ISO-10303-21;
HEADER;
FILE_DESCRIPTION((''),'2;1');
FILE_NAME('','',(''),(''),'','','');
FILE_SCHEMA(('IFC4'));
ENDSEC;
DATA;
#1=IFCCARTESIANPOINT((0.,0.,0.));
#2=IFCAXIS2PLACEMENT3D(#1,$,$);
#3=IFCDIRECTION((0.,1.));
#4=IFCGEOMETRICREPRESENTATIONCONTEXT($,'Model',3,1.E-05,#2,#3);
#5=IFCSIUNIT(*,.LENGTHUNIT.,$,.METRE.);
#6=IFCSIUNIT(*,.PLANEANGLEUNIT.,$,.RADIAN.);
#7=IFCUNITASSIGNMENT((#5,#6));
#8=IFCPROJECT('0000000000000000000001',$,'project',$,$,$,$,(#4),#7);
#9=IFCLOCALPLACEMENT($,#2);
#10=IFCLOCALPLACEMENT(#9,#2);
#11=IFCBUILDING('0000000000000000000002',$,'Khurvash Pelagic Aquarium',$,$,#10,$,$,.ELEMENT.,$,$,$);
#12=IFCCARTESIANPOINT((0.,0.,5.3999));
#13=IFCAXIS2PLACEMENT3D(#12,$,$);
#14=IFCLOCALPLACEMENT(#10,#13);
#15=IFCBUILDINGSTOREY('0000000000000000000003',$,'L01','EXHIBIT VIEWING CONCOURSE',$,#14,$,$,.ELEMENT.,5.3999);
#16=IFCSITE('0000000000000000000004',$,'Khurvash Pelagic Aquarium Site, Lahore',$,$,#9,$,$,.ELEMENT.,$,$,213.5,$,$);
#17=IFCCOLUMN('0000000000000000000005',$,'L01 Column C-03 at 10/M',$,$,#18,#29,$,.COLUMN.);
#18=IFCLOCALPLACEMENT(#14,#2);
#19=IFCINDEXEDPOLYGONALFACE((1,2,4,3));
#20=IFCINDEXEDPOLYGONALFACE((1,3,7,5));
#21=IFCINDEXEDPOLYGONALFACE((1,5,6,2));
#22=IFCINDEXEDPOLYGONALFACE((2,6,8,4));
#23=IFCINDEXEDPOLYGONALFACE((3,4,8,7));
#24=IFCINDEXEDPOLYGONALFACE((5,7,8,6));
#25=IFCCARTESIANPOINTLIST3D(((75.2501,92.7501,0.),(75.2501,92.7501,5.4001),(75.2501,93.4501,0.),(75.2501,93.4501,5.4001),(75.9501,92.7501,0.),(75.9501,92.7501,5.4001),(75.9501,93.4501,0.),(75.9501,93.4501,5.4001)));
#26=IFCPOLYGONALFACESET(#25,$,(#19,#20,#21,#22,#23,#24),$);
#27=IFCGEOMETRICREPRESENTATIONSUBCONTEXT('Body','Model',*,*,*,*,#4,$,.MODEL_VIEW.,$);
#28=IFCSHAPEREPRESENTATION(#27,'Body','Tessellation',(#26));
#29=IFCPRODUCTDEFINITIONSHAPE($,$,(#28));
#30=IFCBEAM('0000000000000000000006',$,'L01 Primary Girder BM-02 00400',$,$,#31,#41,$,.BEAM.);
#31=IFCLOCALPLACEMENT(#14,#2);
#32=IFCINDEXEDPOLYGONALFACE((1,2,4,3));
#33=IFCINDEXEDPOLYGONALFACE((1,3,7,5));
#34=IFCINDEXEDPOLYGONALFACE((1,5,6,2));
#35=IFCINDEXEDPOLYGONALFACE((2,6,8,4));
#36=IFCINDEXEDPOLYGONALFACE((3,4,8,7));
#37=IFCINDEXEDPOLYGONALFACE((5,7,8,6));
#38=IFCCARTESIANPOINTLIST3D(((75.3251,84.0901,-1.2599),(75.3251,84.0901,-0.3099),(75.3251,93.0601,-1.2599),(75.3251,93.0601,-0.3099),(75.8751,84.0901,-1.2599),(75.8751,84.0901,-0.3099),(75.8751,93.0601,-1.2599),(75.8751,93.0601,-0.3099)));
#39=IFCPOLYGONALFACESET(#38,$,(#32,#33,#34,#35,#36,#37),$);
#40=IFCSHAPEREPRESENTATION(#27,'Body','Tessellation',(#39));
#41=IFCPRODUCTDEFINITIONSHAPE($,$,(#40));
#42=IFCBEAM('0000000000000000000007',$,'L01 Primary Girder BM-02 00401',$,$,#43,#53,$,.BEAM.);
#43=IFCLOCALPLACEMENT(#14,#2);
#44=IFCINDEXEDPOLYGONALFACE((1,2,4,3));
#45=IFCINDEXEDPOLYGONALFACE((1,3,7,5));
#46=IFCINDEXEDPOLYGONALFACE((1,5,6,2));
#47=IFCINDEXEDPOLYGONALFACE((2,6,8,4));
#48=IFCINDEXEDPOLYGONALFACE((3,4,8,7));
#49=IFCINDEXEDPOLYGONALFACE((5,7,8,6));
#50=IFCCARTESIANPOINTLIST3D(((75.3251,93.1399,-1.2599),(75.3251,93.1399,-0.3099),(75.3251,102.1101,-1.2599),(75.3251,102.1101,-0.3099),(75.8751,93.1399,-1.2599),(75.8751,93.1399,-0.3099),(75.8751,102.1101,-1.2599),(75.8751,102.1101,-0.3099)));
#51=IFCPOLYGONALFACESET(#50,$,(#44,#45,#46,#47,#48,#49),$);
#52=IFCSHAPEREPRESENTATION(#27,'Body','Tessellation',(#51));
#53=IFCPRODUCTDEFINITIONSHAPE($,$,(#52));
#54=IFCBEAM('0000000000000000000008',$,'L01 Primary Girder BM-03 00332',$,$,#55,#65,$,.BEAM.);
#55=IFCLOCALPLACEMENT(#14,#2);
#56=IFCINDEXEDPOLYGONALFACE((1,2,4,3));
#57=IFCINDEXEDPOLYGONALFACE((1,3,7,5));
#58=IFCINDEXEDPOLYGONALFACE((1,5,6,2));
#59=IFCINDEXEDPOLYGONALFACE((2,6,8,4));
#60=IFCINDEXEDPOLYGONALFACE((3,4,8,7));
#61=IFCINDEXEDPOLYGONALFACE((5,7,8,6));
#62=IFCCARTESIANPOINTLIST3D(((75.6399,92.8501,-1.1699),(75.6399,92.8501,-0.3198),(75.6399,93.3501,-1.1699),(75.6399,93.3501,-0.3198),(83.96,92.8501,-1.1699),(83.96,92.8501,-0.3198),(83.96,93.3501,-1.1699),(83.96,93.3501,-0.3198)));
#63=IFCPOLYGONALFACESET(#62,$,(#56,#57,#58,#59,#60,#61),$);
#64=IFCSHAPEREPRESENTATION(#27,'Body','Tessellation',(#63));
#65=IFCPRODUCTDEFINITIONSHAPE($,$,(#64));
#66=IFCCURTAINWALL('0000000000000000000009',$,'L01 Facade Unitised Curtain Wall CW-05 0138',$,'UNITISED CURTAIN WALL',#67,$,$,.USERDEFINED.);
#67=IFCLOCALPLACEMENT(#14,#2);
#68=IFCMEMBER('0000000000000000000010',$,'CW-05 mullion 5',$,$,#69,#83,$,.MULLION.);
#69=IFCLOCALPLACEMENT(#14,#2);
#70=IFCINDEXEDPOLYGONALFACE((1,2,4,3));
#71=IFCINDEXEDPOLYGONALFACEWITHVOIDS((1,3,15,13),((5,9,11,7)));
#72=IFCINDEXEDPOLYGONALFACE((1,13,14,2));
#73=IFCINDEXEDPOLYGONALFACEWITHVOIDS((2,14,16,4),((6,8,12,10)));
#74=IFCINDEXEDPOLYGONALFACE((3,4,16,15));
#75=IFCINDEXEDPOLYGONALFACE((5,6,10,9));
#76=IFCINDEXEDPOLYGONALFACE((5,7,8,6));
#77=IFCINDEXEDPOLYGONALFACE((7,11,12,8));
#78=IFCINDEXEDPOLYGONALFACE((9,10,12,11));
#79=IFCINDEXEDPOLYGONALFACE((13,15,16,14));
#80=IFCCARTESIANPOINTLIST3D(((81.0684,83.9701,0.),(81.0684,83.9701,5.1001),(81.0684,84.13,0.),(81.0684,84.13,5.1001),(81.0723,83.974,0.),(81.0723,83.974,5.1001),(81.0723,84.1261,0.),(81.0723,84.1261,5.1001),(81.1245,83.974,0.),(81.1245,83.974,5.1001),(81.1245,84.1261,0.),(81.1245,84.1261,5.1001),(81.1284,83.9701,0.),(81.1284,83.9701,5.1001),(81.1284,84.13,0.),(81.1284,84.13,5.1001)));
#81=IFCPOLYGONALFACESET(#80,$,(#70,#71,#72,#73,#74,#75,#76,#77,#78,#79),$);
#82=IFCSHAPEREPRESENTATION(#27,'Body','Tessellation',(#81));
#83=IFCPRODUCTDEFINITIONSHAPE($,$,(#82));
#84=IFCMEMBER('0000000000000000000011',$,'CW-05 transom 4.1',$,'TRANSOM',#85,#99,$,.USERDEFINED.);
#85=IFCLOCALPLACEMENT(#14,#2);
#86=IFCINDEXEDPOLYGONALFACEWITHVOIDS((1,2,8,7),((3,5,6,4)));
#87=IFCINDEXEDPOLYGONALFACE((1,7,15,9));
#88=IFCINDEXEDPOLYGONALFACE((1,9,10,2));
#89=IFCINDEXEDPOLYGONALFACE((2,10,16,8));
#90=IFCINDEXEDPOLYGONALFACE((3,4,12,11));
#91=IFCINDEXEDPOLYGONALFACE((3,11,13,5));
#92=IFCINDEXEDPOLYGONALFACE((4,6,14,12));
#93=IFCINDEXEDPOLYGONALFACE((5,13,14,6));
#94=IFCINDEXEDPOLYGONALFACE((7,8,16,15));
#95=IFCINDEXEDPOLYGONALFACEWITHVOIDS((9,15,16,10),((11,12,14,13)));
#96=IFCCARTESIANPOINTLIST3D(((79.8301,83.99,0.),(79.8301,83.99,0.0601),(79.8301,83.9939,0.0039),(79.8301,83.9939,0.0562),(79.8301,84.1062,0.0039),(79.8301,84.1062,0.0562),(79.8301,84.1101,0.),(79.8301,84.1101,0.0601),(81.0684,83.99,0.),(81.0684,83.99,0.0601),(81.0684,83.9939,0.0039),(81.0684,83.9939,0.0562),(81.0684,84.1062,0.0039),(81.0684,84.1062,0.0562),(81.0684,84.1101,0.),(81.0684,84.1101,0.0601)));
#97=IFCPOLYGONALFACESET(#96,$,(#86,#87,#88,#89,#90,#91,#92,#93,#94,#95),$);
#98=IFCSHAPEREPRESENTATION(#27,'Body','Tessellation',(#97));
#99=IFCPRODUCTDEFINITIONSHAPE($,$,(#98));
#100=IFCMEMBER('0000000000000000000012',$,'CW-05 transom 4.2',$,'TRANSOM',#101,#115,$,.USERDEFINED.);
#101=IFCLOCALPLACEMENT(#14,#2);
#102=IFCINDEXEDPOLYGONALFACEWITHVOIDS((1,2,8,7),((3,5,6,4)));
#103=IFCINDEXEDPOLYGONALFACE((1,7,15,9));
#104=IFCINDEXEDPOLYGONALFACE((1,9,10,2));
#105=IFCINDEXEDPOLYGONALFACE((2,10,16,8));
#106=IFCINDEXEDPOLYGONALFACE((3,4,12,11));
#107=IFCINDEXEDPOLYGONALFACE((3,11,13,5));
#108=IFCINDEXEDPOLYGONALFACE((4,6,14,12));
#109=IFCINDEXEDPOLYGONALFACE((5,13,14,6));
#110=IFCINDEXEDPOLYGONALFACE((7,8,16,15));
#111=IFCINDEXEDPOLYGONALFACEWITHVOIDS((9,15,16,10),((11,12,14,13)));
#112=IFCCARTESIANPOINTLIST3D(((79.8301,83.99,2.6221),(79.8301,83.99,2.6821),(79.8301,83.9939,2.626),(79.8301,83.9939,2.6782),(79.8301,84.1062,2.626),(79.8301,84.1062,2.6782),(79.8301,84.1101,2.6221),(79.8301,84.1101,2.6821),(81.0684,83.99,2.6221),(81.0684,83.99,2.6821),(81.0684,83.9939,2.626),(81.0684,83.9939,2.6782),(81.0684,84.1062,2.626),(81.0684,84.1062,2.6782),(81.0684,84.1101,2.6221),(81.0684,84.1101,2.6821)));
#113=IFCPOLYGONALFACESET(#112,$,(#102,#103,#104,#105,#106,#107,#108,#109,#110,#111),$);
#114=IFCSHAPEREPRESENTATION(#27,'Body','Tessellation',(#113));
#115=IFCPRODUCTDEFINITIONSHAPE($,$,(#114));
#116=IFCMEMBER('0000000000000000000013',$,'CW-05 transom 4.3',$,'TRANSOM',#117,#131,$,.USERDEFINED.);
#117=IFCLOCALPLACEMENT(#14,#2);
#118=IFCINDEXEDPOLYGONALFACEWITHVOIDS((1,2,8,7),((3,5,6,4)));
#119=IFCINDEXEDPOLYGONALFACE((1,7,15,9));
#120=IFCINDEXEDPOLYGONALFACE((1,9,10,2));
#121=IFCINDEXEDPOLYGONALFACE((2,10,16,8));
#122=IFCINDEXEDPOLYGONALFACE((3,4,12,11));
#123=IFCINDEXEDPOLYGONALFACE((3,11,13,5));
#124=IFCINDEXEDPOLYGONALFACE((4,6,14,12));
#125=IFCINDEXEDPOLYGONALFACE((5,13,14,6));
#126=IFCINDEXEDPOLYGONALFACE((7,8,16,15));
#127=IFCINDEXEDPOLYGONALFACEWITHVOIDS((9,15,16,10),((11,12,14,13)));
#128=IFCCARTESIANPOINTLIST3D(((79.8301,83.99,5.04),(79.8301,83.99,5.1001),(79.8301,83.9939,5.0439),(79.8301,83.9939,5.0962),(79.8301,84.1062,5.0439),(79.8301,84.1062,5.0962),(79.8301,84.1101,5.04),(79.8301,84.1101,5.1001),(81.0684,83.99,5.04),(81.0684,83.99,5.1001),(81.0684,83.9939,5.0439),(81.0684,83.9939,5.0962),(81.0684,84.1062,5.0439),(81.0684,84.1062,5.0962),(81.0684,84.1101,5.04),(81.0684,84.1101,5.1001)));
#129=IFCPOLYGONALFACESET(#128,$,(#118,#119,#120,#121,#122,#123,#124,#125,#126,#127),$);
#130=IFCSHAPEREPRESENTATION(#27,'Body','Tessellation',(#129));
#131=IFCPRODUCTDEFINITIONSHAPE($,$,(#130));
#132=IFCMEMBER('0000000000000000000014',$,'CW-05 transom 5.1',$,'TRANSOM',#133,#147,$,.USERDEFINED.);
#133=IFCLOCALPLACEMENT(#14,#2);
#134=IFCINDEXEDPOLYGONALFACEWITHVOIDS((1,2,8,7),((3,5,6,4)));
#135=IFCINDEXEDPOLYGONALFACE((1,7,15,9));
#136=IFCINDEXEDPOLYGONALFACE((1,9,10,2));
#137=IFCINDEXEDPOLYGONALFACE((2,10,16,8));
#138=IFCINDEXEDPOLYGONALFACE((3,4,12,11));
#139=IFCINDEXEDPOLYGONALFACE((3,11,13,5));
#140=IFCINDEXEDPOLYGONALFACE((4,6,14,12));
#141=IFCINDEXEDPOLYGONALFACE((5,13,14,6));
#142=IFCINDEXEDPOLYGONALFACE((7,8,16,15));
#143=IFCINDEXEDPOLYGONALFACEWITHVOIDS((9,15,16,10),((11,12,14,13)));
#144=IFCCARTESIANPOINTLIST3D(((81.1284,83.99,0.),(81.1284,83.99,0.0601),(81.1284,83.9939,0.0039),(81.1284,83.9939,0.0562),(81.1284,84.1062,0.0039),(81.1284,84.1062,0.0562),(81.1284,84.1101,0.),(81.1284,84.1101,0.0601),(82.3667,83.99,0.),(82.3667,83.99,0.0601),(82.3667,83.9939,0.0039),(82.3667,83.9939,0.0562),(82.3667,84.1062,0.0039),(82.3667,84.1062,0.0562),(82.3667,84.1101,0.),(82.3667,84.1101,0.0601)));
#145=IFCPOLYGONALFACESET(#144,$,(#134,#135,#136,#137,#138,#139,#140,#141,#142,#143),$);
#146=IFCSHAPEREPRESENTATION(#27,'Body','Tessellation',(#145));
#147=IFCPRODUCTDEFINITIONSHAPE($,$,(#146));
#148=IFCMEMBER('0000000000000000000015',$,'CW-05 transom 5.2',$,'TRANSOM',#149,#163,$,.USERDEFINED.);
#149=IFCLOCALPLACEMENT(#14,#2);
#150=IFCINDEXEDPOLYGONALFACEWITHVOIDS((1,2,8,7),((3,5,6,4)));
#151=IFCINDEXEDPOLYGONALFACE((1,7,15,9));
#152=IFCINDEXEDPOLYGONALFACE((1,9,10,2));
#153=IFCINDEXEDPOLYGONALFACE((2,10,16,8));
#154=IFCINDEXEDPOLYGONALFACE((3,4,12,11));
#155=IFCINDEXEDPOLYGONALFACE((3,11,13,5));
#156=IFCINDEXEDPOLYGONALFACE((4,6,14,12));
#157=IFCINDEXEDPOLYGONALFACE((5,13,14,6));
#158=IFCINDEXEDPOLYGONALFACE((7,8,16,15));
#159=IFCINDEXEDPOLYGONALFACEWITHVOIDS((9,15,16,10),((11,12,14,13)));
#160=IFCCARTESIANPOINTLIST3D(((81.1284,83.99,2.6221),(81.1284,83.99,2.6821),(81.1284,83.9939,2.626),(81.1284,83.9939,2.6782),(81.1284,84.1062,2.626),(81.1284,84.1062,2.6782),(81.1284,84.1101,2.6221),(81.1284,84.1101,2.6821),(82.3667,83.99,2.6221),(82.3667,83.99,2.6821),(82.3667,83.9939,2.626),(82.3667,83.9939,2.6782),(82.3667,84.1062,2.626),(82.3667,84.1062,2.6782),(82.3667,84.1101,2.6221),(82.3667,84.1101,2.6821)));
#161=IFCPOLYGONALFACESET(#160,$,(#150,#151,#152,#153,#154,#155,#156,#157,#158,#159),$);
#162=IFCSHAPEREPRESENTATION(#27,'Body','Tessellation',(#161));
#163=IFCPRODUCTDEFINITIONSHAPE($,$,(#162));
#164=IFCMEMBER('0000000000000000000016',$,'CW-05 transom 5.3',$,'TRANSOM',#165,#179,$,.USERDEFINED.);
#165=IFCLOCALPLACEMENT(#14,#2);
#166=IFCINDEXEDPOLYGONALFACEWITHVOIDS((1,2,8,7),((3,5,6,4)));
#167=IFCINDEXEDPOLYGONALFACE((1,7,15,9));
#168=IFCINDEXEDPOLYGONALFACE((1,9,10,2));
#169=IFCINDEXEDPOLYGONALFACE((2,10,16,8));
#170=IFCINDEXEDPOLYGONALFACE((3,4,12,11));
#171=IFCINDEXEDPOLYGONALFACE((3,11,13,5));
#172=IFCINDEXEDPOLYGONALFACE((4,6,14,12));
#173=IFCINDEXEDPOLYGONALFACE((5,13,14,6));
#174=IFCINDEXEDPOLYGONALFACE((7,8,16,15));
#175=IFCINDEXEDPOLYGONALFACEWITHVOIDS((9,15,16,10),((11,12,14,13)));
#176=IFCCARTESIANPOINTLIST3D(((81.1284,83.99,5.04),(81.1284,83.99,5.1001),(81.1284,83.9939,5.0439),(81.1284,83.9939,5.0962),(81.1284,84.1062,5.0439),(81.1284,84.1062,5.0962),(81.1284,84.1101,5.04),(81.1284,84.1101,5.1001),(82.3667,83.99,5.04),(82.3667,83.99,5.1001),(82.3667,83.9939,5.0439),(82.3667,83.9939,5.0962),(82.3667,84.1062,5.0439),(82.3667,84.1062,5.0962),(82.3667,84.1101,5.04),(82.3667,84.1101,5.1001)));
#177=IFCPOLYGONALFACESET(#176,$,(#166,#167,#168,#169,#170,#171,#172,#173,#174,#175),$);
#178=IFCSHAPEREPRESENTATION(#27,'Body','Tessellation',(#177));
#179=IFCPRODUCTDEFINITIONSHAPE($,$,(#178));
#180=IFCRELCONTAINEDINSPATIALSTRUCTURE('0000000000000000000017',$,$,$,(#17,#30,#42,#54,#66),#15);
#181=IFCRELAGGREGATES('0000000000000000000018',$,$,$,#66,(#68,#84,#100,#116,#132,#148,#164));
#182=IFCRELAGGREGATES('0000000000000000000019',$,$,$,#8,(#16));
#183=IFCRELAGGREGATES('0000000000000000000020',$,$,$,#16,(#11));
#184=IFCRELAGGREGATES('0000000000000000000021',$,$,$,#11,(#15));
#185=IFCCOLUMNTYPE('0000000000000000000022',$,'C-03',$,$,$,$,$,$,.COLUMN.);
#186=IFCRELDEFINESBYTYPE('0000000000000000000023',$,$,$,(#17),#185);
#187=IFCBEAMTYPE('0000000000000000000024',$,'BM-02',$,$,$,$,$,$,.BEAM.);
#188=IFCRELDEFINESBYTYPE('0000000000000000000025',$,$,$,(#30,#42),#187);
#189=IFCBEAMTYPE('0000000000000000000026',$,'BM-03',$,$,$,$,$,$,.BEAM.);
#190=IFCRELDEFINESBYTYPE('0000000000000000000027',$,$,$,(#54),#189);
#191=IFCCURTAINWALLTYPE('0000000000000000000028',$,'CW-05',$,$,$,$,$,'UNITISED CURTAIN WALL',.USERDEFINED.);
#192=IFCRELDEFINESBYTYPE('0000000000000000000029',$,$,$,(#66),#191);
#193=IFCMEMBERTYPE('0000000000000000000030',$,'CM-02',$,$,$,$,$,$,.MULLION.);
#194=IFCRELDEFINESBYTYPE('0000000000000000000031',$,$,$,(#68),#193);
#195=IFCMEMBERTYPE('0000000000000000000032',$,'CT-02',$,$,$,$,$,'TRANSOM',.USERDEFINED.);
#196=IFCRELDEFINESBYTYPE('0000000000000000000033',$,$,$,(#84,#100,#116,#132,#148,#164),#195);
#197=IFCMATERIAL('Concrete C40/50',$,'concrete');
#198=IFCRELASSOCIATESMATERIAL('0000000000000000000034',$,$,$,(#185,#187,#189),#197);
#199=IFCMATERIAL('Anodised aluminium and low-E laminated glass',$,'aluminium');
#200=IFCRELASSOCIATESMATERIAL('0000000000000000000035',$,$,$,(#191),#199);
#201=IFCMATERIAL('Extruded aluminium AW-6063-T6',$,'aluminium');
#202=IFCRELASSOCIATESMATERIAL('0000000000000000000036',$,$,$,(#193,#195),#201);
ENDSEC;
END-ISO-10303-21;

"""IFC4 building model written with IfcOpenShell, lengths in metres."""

from ifc_helpers import new_model, si_unit, direction, frame, origin, origin_2d, place, context, subcontext, project, spatial, rectangle, hollow_rectangle, extrude, material, material_profile, profile_set, type_object, element, aggregate, save


model = new_model("IFC4")

# Units and contexts
model_context = context("Model", 3, precision=1e-05, world=origin(), true_north=direction((0.0, 1.0)))
body_context = subcontext(model_context, "Body", "Model", "MODEL_VIEW")
ifc_project = project(units=[si_unit("LENGTHUNIT", "METRE"), si_unit("PLANEANGLEUNIT", "RADIAN")], contexts=[model_context])

# Site, building, storey
site_placement = place(None, origin())
site = spatial("IfcSite", under=ifc_project, at=site_placement, Name="Khurvash Pelagic Aquarium Site, Lahore", CompositionType="ELEMENT", RefElevation=213.5)
building_placement = place(site_placement, origin())
building = spatial("IfcBuilding", under=site, at=building_placement, Name="Khurvash Pelagic Aquarium", CompositionType="ELEMENT")
storey_placement = place(building_placement, frame((0.0, 0.0, 5.3999)))
storey = spatial("IfcBuildingStorey", under=building, at=storey_placement, Name="L01", Description="EXHIBIT VIEWING CONCOURSE", CompositionType="ELEMENT", Elevation=5.3999)

# Column
ifc_material_1 = material(Name="Concrete C40/50", Category="concrete")
ifc_material_profile_1 = material_profile(ifc_material_1, rectangle(XDim=0.7, YDim=0.7, at=origin_2d()), Name="RC700X700")
ifc_profile_set_1 = profile_set([ifc_material_profile_1], Name="Concrete C40/50")
column_type = type_object("IfcColumnType", Name="C-03", PredefinedType="COLUMN", material=ifc_profile_set_1)
column_placement = place(storey_placement, frame((75.6001, 93.1001, 0.0), z_axis=(0.0, 0.0, 1.0), x_axis=(1.0, 0.0, 0.0)))
element("IfcColumn", 1, at=column_placement, inside=storey, type_object=column_type, Name="L01 Column C-03 at 10/M", PredefinedType="COLUMN", context=body_context, shape_type="SweptSolid", body=[
    extrude(rectangle(XDim=0.7, YDim=0.7, at=origin_2d()), origin(), (0.0, 0.0, 1.0), 5.4001),
])

# Beams
ifc_material_profile_2 = material_profile(ifc_material_1, rectangle(XDim=0.55, YDim=0.95, at=origin_2d()), Name="RC550X950")
ifc_profile_set_2 = profile_set([ifc_material_profile_2], Name="Concrete C40/50")
beam_type_1 = type_object("IfcBeamType", Name="BM-02", PredefinedType="BEAM", material=ifc_profile_set_2)
beam_1_placement = place(storey_placement, frame((75.6001, 84.0901, -0.7849), z_axis=(0.0, 1.0, 0.0), x_axis=(-1.0, 0.0, 0.0)))
element("IfcBeam", 2, at=beam_1_placement, inside=storey, type_object=beam_type_1, Name="L01 Primary Girder BM-02 00400", PredefinedType="BEAM", context=body_context, shape_type="SweptSolid", body=[
    extrude(rectangle(XDim=0.55, YDim=0.95, at=origin_2d()), origin(), (0.0, 0.0, 1.0), 8.97),
])
beam_2_placement = place(storey_placement, frame((75.6001, 93.1399, -0.7849), z_axis=(0.0, 1.0, 0.0), x_axis=(-1.0, 0.0, 0.0)))
element("IfcBeam", 3, at=beam_2_placement, inside=storey, type_object=beam_type_1, Name="L01 Primary Girder BM-02 00401", PredefinedType="BEAM", context=body_context, shape_type="SweptSolid", body=[
    extrude(rectangle(XDim=0.55, YDim=0.95, at=origin_2d()), origin(), (0.0, 0.0, 1.0), 8.9702),
])
ifc_material_profile_3 = material_profile(ifc_material_1, rectangle(XDim=0.5, YDim=0.8501, at=origin_2d()), Name="RC500X850")
ifc_profile_set_3 = profile_set([ifc_material_profile_3], Name="Concrete C40/50")
beam_type_2 = type_object("IfcBeamType", Name="BM-03", PredefinedType="BEAM", material=ifc_profile_set_3)
beam_3_placement = place(storey_placement, frame((75.6399, 93.1001, -0.7449), z_axis=(1.0, 0.0, 0.0), x_axis=(0.0, 1.0, 0.0)))
element("IfcBeam", 4, at=beam_3_placement, inside=storey, type_object=beam_type_2, Name="L01 Primary Girder BM-03 00332", PredefinedType="BEAM", context=body_context, shape_type="SweptSolid", body=[
    extrude(rectangle(XDim=0.5, YDim=0.8501, at=origin_2d()), origin(), (0.0, 0.0, 1.0), 8.3201),
])

# Curtain wall, members
ifc_material_2 = material(Name="Anodised aluminium and low-E laminated glass", Category="aluminium")
curtain_wall_type = type_object("IfcCurtainWallType", Name="CW-05", ElementType="UNITISED CURTAIN WALL", PredefinedType="USERDEFINED", material=ifc_material_2)
curtain_wall_placement = place(storey_placement, origin())
curtain_wall = element("IfcCurtainWall", 5, at=curtain_wall_placement, inside=storey, type_object=curtain_wall_type, Name="L01 Facade Unitised Curtain Wall CW-05 0138", ObjectType="UNITISED CURTAIN WALL", PredefinedType="USERDEFINED")
ifc_material_3 = material(Name="Extruded aluminium AW-6063-T6", Category="aluminium")
ifc_material_profile_4 = material_profile(ifc_material_3, hollow_rectangle(XDim=0.0601, YDim=0.1599, WallThickness=0.0039, at=origin_2d()), Name="CWM60X160X4")
ifc_profile_set_4 = profile_set([ifc_material_profile_4], Name="Extruded aluminium AW-6063-T6")
member_type_1 = type_object("IfcMemberType", Name="CM-02", PredefinedType="MULLION", material=ifc_profile_set_4)
member_1_placement = place(storey_placement, frame((81.0984, 84.05, 0.0), z_axis=(0.0, 0.0, 1.0), x_axis=(1.0, 0.0, 0.0)))
member_1 = element("IfcMember", 6, at=member_1_placement, type_object=member_type_1, Name="CW-05 mullion 5", PredefinedType="MULLION", context=body_context, shape_type="SweptSolid", body=[
    extrude(hollow_rectangle(XDim=0.0601, YDim=0.1599, WallThickness=0.0039, at=origin_2d()), origin(), (0.0, 0.0, 1.0), 5.1001),
])
ifc_material_profile_5 = material_profile(ifc_material_3, hollow_rectangle(XDim=0.1201, YDim=0.0601, WallThickness=0.0039, at=origin_2d()), Name="CWT120X60X4")
ifc_profile_set_5 = profile_set([ifc_material_profile_5], Name="Extruded aluminium AW-6063-T6")
member_type_2 = type_object("IfcMemberType", Name="CT-02", ElementType="TRANSOM", PredefinedType="USERDEFINED", material=ifc_profile_set_5)
member_2_placement = place(storey_placement, frame((79.8301, 84.05, 0.03), z_axis=(1.0, 0.0, 0.0), x_axis=(0.0, 1.0, 0.0)))
member_2 = element("IfcMember", 7, at=member_2_placement, type_object=member_type_2, Name="CW-05 transom 4.1", ObjectType="TRANSOM", PredefinedType="USERDEFINED", context=body_context, shape_type="SweptSolid", body=[
    extrude(hollow_rectangle(XDim=0.1201, YDim=0.0601, WallThickness=0.0039, at=origin_2d()), origin(), (0.0, 0.0, 1.0), 1.2383),
])
member_3_placement = place(storey_placement, frame((79.8301, 84.05, 2.6521), z_axis=(1.0, 0.0, 0.0), x_axis=(0.0, 1.0, 0.0)))
member_3 = element("IfcMember", 8, at=member_3_placement, type_object=member_type_2, Name="CW-05 transom 4.2", ObjectType="TRANSOM", PredefinedType="USERDEFINED", context=body_context, shape_type="SweptSolid", body=[
    extrude(hollow_rectangle(XDim=0.1201, YDim=0.0601, WallThickness=0.0039, at=origin_2d()), origin(), (0.0, 0.0, 1.0), 1.2383),
])
member_4_placement = place(storey_placement, frame((79.8301, 84.05, 5.0701), z_axis=(1.0, 0.0, 0.0), x_axis=(0.0, 1.0, 0.0)))
member_4 = element("IfcMember", 9, at=member_4_placement, type_object=member_type_2, Name="CW-05 transom 4.3", ObjectType="TRANSOM", PredefinedType="USERDEFINED", context=body_context, shape_type="SweptSolid", body=[
    extrude(hollow_rectangle(XDim=0.1201, YDim=0.0601, WallThickness=0.0039, at=origin_2d()), origin(), (0.0, 0.0, 1.0), 1.2383),
])
member_5_placement = place(storey_placement, frame((81.1284, 84.05, 0.03), z_axis=(1.0, 0.0, 0.0), x_axis=(0.0, 1.0, 0.0)))
member_5 = element("IfcMember", 10, at=member_5_placement, type_object=member_type_2, Name="CW-05 transom 5.1", ObjectType="TRANSOM", PredefinedType="USERDEFINED", context=body_context, shape_type="SweptSolid", body=[
    extrude(hollow_rectangle(XDim=0.1201, YDim=0.0601, WallThickness=0.0039, at=origin_2d()), origin(), (0.0, 0.0, 1.0), 1.2383),
])
member_6_placement = place(storey_placement, frame((81.1284, 84.05, 2.6521), z_axis=(1.0, 0.0, 0.0), x_axis=(0.0, 1.0, 0.0)))
member_6 = element("IfcMember", 11, at=member_6_placement, type_object=member_type_2, Name="CW-05 transom 5.2", ObjectType="TRANSOM", PredefinedType="USERDEFINED", context=body_context, shape_type="SweptSolid", body=[
    extrude(hollow_rectangle(XDim=0.1201, YDim=0.0601, WallThickness=0.0039, at=origin_2d()), origin(), (0.0, 0.0, 1.0), 1.2383),
])
member_7_placement = place(storey_placement, frame((81.1284, 84.05, 5.0701), z_axis=(1.0, 0.0, 0.0), x_axis=(0.0, 1.0, 0.0)))
member_7 = element("IfcMember", 12, at=member_7_placement, type_object=member_type_2, Name="CW-05 transom 5.3", ObjectType="TRANSOM", PredefinedType="USERDEFINED", context=body_context, shape_type="SweptSolid", body=[
    extrude(hollow_rectangle(XDim=0.1201, YDim=0.0601, WallThickness=0.0039, at=origin_2d()), origin(), (0.0, 0.0, 1.0), 1.2383),
])

aggregate(curtain_wall, [member_1, member_2, member_3, member_4, member_5, member_6, member_7])

save(model, "model.ifc")
